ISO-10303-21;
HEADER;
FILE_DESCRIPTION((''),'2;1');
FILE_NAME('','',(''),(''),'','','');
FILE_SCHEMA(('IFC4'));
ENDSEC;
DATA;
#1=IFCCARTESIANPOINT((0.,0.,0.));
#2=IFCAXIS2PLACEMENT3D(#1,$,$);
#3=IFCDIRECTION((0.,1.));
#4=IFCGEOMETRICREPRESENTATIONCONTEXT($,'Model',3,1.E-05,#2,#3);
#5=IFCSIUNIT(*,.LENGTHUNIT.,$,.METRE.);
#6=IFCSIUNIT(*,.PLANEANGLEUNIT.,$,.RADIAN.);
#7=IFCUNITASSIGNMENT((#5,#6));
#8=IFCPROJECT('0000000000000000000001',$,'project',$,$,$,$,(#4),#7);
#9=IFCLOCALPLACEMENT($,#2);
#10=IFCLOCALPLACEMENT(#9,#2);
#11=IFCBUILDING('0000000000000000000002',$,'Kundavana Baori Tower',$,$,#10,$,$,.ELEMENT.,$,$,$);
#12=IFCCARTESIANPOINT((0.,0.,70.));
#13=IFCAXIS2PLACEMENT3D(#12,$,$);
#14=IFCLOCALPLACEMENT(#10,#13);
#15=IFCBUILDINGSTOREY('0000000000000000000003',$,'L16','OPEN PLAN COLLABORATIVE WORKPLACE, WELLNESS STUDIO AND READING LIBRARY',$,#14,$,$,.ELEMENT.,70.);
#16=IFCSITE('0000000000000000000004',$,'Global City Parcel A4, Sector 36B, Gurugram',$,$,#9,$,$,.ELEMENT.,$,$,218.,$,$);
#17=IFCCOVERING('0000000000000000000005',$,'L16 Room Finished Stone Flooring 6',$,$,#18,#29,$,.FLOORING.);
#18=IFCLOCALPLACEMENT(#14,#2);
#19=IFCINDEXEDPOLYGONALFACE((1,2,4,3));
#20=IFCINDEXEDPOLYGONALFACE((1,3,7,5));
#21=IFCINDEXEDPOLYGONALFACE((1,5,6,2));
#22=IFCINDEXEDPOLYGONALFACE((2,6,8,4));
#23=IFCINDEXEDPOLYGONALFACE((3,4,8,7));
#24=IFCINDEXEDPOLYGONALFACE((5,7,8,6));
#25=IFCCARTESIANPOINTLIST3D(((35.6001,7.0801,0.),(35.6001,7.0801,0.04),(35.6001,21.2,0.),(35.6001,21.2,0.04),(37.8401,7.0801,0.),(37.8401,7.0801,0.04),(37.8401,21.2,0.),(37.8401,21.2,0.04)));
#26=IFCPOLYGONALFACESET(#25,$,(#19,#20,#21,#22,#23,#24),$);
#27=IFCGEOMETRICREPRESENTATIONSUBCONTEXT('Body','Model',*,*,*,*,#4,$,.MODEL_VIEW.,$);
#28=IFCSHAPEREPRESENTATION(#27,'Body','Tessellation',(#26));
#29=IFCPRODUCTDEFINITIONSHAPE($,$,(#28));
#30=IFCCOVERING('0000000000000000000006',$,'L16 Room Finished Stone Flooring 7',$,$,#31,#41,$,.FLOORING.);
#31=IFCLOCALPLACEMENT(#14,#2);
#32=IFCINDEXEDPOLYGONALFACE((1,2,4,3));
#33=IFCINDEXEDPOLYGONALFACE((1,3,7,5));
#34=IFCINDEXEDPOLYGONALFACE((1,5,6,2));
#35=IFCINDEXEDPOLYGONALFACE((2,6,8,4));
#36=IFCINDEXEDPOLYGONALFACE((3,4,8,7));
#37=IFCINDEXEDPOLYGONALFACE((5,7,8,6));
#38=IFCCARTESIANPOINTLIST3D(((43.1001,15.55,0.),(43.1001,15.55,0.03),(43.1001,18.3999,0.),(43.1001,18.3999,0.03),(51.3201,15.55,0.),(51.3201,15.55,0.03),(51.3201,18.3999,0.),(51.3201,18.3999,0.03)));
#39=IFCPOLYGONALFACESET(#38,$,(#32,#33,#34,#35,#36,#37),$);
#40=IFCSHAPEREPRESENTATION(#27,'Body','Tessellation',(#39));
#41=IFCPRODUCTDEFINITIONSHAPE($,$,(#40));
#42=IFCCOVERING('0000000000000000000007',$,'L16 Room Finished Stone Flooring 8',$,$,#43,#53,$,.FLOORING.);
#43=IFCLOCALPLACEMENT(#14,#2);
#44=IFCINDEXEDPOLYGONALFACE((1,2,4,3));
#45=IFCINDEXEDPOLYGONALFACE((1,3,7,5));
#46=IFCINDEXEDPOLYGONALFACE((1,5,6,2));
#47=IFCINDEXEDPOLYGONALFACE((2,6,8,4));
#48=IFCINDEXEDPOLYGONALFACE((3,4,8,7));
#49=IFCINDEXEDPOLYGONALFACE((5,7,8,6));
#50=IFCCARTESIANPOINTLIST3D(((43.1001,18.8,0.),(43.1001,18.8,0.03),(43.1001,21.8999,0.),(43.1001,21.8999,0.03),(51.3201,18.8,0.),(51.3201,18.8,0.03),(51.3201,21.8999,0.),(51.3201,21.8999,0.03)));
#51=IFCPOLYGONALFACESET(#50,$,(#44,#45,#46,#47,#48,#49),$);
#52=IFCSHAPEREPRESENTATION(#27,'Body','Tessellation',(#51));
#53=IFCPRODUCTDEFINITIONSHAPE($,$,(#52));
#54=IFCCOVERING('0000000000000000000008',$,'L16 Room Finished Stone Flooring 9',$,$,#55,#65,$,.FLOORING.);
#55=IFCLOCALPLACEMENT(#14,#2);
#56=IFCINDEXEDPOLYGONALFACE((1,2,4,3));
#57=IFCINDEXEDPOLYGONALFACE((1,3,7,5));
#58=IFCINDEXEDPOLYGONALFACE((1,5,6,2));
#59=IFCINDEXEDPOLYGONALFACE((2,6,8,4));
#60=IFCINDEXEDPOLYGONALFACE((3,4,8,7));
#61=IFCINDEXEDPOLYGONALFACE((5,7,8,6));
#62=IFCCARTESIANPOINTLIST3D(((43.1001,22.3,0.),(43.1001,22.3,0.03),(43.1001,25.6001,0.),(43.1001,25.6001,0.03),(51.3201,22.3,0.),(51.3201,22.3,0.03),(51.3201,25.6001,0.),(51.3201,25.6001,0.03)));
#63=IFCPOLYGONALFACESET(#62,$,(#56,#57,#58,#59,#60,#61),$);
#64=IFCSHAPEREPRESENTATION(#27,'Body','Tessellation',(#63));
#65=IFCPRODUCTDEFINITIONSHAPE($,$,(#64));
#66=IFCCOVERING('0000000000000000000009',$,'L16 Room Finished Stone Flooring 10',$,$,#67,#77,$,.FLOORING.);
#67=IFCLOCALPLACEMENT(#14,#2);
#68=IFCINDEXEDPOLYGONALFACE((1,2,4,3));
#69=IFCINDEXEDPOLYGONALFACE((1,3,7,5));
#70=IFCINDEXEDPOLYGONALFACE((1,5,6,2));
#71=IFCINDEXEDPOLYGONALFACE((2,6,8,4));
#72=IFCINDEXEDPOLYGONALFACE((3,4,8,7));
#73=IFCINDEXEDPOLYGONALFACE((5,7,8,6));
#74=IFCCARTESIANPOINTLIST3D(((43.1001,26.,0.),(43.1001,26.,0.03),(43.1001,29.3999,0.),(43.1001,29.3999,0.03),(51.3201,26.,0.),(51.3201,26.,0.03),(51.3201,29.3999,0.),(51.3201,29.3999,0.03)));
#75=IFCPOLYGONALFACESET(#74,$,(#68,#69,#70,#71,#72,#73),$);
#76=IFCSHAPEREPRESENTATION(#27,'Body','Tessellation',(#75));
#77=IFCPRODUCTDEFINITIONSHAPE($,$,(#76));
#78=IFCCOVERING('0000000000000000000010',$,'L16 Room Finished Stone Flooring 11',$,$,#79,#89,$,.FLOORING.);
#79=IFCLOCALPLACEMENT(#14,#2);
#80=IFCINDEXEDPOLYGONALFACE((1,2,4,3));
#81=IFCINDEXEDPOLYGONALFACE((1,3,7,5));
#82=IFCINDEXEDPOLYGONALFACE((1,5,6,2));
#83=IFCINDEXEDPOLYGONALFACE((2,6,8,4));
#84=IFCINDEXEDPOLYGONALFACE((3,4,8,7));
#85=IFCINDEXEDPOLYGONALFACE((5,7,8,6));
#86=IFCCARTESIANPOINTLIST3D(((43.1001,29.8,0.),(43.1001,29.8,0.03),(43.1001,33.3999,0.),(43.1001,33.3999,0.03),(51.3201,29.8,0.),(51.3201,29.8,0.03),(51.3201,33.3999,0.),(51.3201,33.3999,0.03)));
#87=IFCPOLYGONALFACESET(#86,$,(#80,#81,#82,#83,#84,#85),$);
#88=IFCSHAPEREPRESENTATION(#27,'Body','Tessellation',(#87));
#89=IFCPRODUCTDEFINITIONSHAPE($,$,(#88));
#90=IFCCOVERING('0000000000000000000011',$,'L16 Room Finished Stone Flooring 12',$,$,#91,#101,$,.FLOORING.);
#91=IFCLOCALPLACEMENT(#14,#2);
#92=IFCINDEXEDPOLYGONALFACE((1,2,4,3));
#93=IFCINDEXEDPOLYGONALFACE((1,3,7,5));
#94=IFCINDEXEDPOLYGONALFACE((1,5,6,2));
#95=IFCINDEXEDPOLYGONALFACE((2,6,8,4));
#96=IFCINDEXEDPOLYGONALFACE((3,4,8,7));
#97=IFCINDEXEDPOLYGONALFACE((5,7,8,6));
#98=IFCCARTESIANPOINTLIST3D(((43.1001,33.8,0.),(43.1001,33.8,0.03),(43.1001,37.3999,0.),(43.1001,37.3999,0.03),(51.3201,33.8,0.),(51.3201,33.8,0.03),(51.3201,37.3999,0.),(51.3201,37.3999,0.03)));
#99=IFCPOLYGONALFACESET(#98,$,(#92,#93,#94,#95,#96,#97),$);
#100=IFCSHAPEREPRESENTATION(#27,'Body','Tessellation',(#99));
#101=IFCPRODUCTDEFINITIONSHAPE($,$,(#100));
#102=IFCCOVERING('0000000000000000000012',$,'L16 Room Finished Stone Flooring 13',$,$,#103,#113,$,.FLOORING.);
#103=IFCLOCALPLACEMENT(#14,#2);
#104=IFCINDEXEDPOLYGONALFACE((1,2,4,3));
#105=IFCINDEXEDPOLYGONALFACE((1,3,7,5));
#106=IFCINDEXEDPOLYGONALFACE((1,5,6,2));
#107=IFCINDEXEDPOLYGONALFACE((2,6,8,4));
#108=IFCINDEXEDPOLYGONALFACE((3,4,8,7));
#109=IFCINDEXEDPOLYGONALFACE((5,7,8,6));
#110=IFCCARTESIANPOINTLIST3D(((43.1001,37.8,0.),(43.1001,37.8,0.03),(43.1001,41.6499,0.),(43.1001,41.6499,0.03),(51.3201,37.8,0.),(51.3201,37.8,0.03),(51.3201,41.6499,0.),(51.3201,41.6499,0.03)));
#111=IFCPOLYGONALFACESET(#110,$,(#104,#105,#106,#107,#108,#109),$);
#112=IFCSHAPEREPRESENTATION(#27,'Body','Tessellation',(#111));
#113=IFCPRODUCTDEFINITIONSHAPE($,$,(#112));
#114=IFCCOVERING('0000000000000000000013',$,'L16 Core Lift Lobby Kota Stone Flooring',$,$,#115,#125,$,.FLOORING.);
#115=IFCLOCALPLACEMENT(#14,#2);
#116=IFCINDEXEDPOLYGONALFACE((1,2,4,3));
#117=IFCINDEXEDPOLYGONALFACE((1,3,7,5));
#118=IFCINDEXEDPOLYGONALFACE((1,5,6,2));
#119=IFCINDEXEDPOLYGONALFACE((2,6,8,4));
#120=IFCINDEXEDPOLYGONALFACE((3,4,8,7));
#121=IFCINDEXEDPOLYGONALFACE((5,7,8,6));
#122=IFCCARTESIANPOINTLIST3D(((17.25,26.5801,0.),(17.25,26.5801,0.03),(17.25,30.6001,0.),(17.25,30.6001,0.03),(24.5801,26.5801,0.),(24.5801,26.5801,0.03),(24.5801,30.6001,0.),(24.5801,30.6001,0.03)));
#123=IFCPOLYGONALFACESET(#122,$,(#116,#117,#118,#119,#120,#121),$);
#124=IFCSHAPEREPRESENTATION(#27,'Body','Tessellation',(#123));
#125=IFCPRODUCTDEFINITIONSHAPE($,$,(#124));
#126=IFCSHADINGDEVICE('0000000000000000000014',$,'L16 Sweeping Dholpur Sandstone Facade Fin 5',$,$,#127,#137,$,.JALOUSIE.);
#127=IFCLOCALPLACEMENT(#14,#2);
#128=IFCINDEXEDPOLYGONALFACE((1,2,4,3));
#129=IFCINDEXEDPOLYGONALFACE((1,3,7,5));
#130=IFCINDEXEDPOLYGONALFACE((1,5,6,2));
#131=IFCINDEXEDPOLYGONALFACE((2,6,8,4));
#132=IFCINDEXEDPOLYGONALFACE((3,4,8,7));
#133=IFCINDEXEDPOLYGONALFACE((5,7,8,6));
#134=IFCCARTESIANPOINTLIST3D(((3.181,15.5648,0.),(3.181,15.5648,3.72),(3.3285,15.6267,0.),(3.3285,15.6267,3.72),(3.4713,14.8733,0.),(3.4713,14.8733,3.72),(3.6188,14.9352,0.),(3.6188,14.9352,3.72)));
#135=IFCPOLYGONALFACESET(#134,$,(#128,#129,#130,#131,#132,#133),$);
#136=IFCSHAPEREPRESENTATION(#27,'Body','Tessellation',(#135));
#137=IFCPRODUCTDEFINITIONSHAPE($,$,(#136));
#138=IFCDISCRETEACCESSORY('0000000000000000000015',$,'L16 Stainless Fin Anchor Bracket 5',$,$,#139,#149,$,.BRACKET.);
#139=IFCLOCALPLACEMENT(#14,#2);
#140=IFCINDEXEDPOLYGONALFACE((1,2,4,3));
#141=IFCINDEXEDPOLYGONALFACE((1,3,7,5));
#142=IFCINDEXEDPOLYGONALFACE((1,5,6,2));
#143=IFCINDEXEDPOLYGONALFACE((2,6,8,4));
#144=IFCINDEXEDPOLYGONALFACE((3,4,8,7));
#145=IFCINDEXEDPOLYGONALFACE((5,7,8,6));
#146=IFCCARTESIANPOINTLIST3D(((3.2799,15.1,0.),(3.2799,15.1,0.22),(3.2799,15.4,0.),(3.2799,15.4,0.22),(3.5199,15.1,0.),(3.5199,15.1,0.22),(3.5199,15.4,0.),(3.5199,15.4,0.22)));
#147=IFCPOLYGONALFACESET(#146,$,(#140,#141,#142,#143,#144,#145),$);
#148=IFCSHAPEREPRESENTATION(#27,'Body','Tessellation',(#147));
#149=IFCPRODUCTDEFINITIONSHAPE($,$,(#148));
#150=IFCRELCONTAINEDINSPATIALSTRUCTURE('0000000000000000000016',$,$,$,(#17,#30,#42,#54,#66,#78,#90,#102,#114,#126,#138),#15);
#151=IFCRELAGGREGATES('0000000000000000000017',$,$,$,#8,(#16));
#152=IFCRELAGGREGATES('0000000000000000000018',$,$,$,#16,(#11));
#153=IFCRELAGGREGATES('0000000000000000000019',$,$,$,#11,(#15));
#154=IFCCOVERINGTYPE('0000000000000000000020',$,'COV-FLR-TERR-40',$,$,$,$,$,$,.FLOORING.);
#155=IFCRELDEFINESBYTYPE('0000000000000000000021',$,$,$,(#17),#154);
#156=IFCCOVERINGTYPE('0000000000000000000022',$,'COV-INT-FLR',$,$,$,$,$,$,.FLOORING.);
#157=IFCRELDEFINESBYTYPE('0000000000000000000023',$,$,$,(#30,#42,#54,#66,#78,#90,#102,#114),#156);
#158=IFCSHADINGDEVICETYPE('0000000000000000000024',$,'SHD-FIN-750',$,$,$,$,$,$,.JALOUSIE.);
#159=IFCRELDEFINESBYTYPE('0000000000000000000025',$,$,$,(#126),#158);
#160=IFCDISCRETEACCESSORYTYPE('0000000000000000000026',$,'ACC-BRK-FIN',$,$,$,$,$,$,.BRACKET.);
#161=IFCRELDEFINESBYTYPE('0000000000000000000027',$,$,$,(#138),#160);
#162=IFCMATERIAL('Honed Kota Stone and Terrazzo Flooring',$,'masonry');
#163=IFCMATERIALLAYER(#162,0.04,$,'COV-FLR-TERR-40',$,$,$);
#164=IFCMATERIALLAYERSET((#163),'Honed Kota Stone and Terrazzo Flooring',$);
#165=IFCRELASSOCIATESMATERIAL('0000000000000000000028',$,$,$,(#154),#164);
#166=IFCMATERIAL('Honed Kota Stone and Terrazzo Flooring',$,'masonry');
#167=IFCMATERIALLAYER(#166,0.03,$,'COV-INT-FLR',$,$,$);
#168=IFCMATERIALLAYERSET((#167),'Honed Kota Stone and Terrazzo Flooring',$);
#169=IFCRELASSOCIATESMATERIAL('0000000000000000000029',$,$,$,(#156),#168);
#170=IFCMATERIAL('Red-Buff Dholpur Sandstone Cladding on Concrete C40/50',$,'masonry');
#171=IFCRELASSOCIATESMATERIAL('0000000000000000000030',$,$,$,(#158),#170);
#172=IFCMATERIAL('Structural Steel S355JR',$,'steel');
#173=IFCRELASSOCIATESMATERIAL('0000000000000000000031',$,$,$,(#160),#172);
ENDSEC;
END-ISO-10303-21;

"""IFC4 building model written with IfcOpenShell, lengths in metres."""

from ifc_helpers import new_model, si_unit, direction, frame, origin, origin_2d, place, context, subcontext, project, spatial, polyline, rectangle, outline, extrude, material, layer, layer_set, type_object, element, save


model = new_model("IFC4")

# Units and contexts
model_context = context("Model", 3, precision=1e-05, world=origin(), true_north=direction((0.0, 1.0)))
body_context = subcontext(model_context, "Body", "Model", "MODEL_VIEW")
ifc_project = project(units=[si_unit("LENGTHUNIT", "METRE"), si_unit("PLANEANGLEUNIT", "RADIAN")], contexts=[model_context])

# Site, building, storey
site_placement = place(None, origin())
site = spatial("IfcSite", under=ifc_project, at=site_placement, Name="Global City Parcel A4, Sector 36B, Gurugram", CompositionType="ELEMENT", RefElevation=218.0)
building_placement = place(site_placement, origin())
building = spatial("IfcBuilding", under=site, at=building_placement, Name="Kundavana Baori Tower", CompositionType="ELEMENT")
storey_placement = place(building_placement, frame((0.0, 0.0, 70.0)))
storey = spatial("IfcBuildingStorey", under=building, at=storey_placement, Name="L16", Description="OPEN PLAN COLLABORATIVE WORKPLACE, WELLNESS STUDIO AND READING LIBRARY", CompositionType="ELEMENT", Elevation=70.0)

# Coverings
ifc_material_1 = material(Name="Honed Kota Stone and Terrazzo Flooring", Category="masonry")
ifc_layer_1 = layer(ifc_material_1, 0.04, Name="COV-FLR-TERR-40")
ifc_layer_set_1 = layer_set([ifc_layer_1], Name="Honed Kota Stone and Terrazzo Flooring")
covering_type_1 = type_object("IfcCoveringType", Name="COV-FLR-TERR-40", PredefinedType="FLOORING", material=ifc_layer_set_1)
covering_1_placement = place(storey_placement, origin())
element("IfcCovering", 1, at=covering_1_placement, inside=storey, type_object=covering_type_1, Name="L16 Room Finished Stone Flooring 6", PredefinedType="FLOORING", context=body_context, shape_type="SweptSolid", body=[
    extrude(outline(polyline([(35.6001, 7.0801), (37.8401, 7.0801), (37.8401, 21.2), (35.6001, 21.2), (35.6001, 7.0801)])), origin(), (0.0, 0.0, 1.0), 0.04),
])
ifc_material_2 = material(Name="Honed Kota Stone and Terrazzo Flooring", Category="masonry")
ifc_layer_2 = layer(ifc_material_2, 0.03, Name="COV-INT-FLR")
ifc_layer_set_2 = layer_set([ifc_layer_2], Name="Honed Kota Stone and Terrazzo Flooring")
covering_type_2 = type_object("IfcCoveringType", Name="COV-INT-FLR", PredefinedType="FLOORING", material=ifc_layer_set_2)
covering_2_placement = place(storey_placement, origin())
element("IfcCovering", 2, at=covering_2_placement, inside=storey, type_object=covering_type_2, Name="L16 Room Finished Stone Flooring 7", PredefinedType="FLOORING", context=body_context, shape_type="SweptSolid", body=[
    extrude(outline(polyline([(43.1001, 15.55), (51.3201, 15.55), (51.3201, 18.3999), (43.1001, 18.3999), (43.1001, 15.55)])), origin(), (0.0, 0.0, 1.0), 0.03),
])
covering_3_placement = place(storey_placement, origin())
element("IfcCovering", 3, at=covering_3_placement, inside=storey, type_object=covering_type_2, Name="L16 Room Finished Stone Flooring 8", PredefinedType="FLOORING", context=body_context, shape_type="SweptSolid", body=[
    extrude(outline(polyline([(43.1001, 18.8), (51.3201, 18.8), (51.3201, 21.8999), (43.1001, 21.8999), (43.1001, 18.8)])), origin(), (0.0, 0.0, 1.0), 0.03),
])
covering_4_placement = place(storey_placement, origin())
element("IfcCovering", 4, at=covering_4_placement, inside=storey, type_object=covering_type_2, Name="L16 Room Finished Stone Flooring 9", PredefinedType="FLOORING", context=body_context, shape_type="SweptSolid", body=[
    extrude(outline(polyline([(43.1001, 22.3), (51.3201, 22.3), (51.3201, 25.6001), (43.1001, 25.6001), (43.1001, 22.3)])), origin(), (0.0, 0.0, 1.0), 0.03),
])
covering_5_placement = place(storey_placement, origin())
element("IfcCovering", 5, at=covering_5_placement, inside=storey, type_object=covering_type_2, Name="L16 Room Finished Stone Flooring 10", PredefinedType="FLOORING", context=body_context, shape_type="SweptSolid", body=[
    extrude(outline(polyline([(43.1001, 26.0), (51.3201, 26.0), (51.3201, 29.3999), (43.1001, 29.3999), (43.1001, 26.0)])), origin(), (0.0, 0.0, 1.0), 0.03),
])
covering_6_placement = place(storey_placement, origin())
element("IfcCovering", 6, at=covering_6_placement, inside=storey, type_object=covering_type_2, Name="L16 Room Finished Stone Flooring 11", PredefinedType="FLOORING", context=body_context, shape_type="SweptSolid", body=[
    extrude(outline(polyline([(43.1001, 29.8), (51.3201, 29.8), (51.3201, 33.3999), (43.1001, 33.3999), (43.1001, 29.8)])), origin(), (0.0, 0.0, 1.0), 0.03),
])
covering_7_placement = place(storey_placement, origin())
element("IfcCovering", 7, at=covering_7_placement, inside=storey, type_object=covering_type_2, Name="L16 Room Finished Stone Flooring 12", PredefinedType="FLOORING", context=body_context, shape_type="SweptSolid", body=[
    extrude(outline(polyline([(43.1001, 33.8), (51.3201, 33.8), (51.3201, 37.3999), (43.1001, 37.3999), (43.1001, 33.8)])), origin(), (0.0, 0.0, 1.0), 0.03),
])
covering_8_placement = place(storey_placement, origin())
element("IfcCovering", 8, at=covering_8_placement, inside=storey, type_object=covering_type_2, Name="L16 Room Finished Stone Flooring 13", PredefinedType="FLOORING", context=body_context, shape_type="SweptSolid", body=[
    extrude(outline(polyline([(43.1001, 37.8), (51.3201, 37.8), (51.3201, 41.6499), (43.1001, 41.6499), (43.1001, 37.8)])), origin(), (0.0, 0.0, 1.0), 0.03),
])
covering_9_placement = place(storey_placement, origin())
element("IfcCovering", 9, at=covering_9_placement, inside=storey, type_object=covering_type_2, Name="L16 Core Lift Lobby Kota Stone Flooring", PredefinedType="FLOORING", context=body_context, shape_type="SweptSolid", body=[
    extrude(outline(polyline([(17.25, 26.5801), (24.5801, 26.5801), (24.5801, 30.6001), (17.25, 30.6001), (17.25, 26.5801)])), origin(), (0.0, 0.0, 1.0), 0.03),
])

# Shading device
ifc_material_3 = material(Name="Red-Buff Dholpur Sandstone Cladding on Concrete C40/50", Category="masonry")
shading_device_type = type_object("IfcShadingDeviceType", Name="SHD-FIN-750", PredefinedType="JALOUSIE", material=ifc_material_3)
shading_device_placement = place(storey_placement, frame((3.3999, 15.25, 0.0), z_axis=(0.0, 0.0, 1.0), x_axis=(0.922066, 0.387033, 0.0)))
element("IfcShadingDevice", 10, at=shading_device_placement, inside=storey, type_object=shading_device_type, Name="L16 Sweeping Dholpur Sandstone Facade Fin 5", PredefinedType="JALOUSIE", context=body_context, shape_type="SweptSolid", body=[
    extrude(rectangle(XDim=0.1599, YDim=0.75, at=origin_2d()), origin(), (0.0, 0.0, 1.0), 3.72),
])

# Discrete accessory
ifc_material_4 = material(Name="Structural Steel S355JR", Category="steel")
discrete_accessory_type = type_object("IfcDiscreteAccessoryType", Name="ACC-BRK-FIN", PredefinedType="BRACKET", material=ifc_material_4)
discrete_accessory_placement = place(storey_placement, frame((3.3999, 15.25, 0.0), z_axis=(0.0, 0.0, 1.0), x_axis=(1.0, 0.0, 0.0)))
element("IfcDiscreteAccessory", 11, at=discrete_accessory_placement, inside=storey, type_object=discrete_accessory_type, Name="L16 Stainless Fin Anchor Bracket 5", PredefinedType="BRACKET", context=body_context, shape_type="SweptSolid", body=[
    extrude(rectangle(XDim=0.24, YDim=0.3, at=origin_2d()), origin(), (0.0, 0.0, 1.0), 0.22),
])

save(model, "model.ifc")
